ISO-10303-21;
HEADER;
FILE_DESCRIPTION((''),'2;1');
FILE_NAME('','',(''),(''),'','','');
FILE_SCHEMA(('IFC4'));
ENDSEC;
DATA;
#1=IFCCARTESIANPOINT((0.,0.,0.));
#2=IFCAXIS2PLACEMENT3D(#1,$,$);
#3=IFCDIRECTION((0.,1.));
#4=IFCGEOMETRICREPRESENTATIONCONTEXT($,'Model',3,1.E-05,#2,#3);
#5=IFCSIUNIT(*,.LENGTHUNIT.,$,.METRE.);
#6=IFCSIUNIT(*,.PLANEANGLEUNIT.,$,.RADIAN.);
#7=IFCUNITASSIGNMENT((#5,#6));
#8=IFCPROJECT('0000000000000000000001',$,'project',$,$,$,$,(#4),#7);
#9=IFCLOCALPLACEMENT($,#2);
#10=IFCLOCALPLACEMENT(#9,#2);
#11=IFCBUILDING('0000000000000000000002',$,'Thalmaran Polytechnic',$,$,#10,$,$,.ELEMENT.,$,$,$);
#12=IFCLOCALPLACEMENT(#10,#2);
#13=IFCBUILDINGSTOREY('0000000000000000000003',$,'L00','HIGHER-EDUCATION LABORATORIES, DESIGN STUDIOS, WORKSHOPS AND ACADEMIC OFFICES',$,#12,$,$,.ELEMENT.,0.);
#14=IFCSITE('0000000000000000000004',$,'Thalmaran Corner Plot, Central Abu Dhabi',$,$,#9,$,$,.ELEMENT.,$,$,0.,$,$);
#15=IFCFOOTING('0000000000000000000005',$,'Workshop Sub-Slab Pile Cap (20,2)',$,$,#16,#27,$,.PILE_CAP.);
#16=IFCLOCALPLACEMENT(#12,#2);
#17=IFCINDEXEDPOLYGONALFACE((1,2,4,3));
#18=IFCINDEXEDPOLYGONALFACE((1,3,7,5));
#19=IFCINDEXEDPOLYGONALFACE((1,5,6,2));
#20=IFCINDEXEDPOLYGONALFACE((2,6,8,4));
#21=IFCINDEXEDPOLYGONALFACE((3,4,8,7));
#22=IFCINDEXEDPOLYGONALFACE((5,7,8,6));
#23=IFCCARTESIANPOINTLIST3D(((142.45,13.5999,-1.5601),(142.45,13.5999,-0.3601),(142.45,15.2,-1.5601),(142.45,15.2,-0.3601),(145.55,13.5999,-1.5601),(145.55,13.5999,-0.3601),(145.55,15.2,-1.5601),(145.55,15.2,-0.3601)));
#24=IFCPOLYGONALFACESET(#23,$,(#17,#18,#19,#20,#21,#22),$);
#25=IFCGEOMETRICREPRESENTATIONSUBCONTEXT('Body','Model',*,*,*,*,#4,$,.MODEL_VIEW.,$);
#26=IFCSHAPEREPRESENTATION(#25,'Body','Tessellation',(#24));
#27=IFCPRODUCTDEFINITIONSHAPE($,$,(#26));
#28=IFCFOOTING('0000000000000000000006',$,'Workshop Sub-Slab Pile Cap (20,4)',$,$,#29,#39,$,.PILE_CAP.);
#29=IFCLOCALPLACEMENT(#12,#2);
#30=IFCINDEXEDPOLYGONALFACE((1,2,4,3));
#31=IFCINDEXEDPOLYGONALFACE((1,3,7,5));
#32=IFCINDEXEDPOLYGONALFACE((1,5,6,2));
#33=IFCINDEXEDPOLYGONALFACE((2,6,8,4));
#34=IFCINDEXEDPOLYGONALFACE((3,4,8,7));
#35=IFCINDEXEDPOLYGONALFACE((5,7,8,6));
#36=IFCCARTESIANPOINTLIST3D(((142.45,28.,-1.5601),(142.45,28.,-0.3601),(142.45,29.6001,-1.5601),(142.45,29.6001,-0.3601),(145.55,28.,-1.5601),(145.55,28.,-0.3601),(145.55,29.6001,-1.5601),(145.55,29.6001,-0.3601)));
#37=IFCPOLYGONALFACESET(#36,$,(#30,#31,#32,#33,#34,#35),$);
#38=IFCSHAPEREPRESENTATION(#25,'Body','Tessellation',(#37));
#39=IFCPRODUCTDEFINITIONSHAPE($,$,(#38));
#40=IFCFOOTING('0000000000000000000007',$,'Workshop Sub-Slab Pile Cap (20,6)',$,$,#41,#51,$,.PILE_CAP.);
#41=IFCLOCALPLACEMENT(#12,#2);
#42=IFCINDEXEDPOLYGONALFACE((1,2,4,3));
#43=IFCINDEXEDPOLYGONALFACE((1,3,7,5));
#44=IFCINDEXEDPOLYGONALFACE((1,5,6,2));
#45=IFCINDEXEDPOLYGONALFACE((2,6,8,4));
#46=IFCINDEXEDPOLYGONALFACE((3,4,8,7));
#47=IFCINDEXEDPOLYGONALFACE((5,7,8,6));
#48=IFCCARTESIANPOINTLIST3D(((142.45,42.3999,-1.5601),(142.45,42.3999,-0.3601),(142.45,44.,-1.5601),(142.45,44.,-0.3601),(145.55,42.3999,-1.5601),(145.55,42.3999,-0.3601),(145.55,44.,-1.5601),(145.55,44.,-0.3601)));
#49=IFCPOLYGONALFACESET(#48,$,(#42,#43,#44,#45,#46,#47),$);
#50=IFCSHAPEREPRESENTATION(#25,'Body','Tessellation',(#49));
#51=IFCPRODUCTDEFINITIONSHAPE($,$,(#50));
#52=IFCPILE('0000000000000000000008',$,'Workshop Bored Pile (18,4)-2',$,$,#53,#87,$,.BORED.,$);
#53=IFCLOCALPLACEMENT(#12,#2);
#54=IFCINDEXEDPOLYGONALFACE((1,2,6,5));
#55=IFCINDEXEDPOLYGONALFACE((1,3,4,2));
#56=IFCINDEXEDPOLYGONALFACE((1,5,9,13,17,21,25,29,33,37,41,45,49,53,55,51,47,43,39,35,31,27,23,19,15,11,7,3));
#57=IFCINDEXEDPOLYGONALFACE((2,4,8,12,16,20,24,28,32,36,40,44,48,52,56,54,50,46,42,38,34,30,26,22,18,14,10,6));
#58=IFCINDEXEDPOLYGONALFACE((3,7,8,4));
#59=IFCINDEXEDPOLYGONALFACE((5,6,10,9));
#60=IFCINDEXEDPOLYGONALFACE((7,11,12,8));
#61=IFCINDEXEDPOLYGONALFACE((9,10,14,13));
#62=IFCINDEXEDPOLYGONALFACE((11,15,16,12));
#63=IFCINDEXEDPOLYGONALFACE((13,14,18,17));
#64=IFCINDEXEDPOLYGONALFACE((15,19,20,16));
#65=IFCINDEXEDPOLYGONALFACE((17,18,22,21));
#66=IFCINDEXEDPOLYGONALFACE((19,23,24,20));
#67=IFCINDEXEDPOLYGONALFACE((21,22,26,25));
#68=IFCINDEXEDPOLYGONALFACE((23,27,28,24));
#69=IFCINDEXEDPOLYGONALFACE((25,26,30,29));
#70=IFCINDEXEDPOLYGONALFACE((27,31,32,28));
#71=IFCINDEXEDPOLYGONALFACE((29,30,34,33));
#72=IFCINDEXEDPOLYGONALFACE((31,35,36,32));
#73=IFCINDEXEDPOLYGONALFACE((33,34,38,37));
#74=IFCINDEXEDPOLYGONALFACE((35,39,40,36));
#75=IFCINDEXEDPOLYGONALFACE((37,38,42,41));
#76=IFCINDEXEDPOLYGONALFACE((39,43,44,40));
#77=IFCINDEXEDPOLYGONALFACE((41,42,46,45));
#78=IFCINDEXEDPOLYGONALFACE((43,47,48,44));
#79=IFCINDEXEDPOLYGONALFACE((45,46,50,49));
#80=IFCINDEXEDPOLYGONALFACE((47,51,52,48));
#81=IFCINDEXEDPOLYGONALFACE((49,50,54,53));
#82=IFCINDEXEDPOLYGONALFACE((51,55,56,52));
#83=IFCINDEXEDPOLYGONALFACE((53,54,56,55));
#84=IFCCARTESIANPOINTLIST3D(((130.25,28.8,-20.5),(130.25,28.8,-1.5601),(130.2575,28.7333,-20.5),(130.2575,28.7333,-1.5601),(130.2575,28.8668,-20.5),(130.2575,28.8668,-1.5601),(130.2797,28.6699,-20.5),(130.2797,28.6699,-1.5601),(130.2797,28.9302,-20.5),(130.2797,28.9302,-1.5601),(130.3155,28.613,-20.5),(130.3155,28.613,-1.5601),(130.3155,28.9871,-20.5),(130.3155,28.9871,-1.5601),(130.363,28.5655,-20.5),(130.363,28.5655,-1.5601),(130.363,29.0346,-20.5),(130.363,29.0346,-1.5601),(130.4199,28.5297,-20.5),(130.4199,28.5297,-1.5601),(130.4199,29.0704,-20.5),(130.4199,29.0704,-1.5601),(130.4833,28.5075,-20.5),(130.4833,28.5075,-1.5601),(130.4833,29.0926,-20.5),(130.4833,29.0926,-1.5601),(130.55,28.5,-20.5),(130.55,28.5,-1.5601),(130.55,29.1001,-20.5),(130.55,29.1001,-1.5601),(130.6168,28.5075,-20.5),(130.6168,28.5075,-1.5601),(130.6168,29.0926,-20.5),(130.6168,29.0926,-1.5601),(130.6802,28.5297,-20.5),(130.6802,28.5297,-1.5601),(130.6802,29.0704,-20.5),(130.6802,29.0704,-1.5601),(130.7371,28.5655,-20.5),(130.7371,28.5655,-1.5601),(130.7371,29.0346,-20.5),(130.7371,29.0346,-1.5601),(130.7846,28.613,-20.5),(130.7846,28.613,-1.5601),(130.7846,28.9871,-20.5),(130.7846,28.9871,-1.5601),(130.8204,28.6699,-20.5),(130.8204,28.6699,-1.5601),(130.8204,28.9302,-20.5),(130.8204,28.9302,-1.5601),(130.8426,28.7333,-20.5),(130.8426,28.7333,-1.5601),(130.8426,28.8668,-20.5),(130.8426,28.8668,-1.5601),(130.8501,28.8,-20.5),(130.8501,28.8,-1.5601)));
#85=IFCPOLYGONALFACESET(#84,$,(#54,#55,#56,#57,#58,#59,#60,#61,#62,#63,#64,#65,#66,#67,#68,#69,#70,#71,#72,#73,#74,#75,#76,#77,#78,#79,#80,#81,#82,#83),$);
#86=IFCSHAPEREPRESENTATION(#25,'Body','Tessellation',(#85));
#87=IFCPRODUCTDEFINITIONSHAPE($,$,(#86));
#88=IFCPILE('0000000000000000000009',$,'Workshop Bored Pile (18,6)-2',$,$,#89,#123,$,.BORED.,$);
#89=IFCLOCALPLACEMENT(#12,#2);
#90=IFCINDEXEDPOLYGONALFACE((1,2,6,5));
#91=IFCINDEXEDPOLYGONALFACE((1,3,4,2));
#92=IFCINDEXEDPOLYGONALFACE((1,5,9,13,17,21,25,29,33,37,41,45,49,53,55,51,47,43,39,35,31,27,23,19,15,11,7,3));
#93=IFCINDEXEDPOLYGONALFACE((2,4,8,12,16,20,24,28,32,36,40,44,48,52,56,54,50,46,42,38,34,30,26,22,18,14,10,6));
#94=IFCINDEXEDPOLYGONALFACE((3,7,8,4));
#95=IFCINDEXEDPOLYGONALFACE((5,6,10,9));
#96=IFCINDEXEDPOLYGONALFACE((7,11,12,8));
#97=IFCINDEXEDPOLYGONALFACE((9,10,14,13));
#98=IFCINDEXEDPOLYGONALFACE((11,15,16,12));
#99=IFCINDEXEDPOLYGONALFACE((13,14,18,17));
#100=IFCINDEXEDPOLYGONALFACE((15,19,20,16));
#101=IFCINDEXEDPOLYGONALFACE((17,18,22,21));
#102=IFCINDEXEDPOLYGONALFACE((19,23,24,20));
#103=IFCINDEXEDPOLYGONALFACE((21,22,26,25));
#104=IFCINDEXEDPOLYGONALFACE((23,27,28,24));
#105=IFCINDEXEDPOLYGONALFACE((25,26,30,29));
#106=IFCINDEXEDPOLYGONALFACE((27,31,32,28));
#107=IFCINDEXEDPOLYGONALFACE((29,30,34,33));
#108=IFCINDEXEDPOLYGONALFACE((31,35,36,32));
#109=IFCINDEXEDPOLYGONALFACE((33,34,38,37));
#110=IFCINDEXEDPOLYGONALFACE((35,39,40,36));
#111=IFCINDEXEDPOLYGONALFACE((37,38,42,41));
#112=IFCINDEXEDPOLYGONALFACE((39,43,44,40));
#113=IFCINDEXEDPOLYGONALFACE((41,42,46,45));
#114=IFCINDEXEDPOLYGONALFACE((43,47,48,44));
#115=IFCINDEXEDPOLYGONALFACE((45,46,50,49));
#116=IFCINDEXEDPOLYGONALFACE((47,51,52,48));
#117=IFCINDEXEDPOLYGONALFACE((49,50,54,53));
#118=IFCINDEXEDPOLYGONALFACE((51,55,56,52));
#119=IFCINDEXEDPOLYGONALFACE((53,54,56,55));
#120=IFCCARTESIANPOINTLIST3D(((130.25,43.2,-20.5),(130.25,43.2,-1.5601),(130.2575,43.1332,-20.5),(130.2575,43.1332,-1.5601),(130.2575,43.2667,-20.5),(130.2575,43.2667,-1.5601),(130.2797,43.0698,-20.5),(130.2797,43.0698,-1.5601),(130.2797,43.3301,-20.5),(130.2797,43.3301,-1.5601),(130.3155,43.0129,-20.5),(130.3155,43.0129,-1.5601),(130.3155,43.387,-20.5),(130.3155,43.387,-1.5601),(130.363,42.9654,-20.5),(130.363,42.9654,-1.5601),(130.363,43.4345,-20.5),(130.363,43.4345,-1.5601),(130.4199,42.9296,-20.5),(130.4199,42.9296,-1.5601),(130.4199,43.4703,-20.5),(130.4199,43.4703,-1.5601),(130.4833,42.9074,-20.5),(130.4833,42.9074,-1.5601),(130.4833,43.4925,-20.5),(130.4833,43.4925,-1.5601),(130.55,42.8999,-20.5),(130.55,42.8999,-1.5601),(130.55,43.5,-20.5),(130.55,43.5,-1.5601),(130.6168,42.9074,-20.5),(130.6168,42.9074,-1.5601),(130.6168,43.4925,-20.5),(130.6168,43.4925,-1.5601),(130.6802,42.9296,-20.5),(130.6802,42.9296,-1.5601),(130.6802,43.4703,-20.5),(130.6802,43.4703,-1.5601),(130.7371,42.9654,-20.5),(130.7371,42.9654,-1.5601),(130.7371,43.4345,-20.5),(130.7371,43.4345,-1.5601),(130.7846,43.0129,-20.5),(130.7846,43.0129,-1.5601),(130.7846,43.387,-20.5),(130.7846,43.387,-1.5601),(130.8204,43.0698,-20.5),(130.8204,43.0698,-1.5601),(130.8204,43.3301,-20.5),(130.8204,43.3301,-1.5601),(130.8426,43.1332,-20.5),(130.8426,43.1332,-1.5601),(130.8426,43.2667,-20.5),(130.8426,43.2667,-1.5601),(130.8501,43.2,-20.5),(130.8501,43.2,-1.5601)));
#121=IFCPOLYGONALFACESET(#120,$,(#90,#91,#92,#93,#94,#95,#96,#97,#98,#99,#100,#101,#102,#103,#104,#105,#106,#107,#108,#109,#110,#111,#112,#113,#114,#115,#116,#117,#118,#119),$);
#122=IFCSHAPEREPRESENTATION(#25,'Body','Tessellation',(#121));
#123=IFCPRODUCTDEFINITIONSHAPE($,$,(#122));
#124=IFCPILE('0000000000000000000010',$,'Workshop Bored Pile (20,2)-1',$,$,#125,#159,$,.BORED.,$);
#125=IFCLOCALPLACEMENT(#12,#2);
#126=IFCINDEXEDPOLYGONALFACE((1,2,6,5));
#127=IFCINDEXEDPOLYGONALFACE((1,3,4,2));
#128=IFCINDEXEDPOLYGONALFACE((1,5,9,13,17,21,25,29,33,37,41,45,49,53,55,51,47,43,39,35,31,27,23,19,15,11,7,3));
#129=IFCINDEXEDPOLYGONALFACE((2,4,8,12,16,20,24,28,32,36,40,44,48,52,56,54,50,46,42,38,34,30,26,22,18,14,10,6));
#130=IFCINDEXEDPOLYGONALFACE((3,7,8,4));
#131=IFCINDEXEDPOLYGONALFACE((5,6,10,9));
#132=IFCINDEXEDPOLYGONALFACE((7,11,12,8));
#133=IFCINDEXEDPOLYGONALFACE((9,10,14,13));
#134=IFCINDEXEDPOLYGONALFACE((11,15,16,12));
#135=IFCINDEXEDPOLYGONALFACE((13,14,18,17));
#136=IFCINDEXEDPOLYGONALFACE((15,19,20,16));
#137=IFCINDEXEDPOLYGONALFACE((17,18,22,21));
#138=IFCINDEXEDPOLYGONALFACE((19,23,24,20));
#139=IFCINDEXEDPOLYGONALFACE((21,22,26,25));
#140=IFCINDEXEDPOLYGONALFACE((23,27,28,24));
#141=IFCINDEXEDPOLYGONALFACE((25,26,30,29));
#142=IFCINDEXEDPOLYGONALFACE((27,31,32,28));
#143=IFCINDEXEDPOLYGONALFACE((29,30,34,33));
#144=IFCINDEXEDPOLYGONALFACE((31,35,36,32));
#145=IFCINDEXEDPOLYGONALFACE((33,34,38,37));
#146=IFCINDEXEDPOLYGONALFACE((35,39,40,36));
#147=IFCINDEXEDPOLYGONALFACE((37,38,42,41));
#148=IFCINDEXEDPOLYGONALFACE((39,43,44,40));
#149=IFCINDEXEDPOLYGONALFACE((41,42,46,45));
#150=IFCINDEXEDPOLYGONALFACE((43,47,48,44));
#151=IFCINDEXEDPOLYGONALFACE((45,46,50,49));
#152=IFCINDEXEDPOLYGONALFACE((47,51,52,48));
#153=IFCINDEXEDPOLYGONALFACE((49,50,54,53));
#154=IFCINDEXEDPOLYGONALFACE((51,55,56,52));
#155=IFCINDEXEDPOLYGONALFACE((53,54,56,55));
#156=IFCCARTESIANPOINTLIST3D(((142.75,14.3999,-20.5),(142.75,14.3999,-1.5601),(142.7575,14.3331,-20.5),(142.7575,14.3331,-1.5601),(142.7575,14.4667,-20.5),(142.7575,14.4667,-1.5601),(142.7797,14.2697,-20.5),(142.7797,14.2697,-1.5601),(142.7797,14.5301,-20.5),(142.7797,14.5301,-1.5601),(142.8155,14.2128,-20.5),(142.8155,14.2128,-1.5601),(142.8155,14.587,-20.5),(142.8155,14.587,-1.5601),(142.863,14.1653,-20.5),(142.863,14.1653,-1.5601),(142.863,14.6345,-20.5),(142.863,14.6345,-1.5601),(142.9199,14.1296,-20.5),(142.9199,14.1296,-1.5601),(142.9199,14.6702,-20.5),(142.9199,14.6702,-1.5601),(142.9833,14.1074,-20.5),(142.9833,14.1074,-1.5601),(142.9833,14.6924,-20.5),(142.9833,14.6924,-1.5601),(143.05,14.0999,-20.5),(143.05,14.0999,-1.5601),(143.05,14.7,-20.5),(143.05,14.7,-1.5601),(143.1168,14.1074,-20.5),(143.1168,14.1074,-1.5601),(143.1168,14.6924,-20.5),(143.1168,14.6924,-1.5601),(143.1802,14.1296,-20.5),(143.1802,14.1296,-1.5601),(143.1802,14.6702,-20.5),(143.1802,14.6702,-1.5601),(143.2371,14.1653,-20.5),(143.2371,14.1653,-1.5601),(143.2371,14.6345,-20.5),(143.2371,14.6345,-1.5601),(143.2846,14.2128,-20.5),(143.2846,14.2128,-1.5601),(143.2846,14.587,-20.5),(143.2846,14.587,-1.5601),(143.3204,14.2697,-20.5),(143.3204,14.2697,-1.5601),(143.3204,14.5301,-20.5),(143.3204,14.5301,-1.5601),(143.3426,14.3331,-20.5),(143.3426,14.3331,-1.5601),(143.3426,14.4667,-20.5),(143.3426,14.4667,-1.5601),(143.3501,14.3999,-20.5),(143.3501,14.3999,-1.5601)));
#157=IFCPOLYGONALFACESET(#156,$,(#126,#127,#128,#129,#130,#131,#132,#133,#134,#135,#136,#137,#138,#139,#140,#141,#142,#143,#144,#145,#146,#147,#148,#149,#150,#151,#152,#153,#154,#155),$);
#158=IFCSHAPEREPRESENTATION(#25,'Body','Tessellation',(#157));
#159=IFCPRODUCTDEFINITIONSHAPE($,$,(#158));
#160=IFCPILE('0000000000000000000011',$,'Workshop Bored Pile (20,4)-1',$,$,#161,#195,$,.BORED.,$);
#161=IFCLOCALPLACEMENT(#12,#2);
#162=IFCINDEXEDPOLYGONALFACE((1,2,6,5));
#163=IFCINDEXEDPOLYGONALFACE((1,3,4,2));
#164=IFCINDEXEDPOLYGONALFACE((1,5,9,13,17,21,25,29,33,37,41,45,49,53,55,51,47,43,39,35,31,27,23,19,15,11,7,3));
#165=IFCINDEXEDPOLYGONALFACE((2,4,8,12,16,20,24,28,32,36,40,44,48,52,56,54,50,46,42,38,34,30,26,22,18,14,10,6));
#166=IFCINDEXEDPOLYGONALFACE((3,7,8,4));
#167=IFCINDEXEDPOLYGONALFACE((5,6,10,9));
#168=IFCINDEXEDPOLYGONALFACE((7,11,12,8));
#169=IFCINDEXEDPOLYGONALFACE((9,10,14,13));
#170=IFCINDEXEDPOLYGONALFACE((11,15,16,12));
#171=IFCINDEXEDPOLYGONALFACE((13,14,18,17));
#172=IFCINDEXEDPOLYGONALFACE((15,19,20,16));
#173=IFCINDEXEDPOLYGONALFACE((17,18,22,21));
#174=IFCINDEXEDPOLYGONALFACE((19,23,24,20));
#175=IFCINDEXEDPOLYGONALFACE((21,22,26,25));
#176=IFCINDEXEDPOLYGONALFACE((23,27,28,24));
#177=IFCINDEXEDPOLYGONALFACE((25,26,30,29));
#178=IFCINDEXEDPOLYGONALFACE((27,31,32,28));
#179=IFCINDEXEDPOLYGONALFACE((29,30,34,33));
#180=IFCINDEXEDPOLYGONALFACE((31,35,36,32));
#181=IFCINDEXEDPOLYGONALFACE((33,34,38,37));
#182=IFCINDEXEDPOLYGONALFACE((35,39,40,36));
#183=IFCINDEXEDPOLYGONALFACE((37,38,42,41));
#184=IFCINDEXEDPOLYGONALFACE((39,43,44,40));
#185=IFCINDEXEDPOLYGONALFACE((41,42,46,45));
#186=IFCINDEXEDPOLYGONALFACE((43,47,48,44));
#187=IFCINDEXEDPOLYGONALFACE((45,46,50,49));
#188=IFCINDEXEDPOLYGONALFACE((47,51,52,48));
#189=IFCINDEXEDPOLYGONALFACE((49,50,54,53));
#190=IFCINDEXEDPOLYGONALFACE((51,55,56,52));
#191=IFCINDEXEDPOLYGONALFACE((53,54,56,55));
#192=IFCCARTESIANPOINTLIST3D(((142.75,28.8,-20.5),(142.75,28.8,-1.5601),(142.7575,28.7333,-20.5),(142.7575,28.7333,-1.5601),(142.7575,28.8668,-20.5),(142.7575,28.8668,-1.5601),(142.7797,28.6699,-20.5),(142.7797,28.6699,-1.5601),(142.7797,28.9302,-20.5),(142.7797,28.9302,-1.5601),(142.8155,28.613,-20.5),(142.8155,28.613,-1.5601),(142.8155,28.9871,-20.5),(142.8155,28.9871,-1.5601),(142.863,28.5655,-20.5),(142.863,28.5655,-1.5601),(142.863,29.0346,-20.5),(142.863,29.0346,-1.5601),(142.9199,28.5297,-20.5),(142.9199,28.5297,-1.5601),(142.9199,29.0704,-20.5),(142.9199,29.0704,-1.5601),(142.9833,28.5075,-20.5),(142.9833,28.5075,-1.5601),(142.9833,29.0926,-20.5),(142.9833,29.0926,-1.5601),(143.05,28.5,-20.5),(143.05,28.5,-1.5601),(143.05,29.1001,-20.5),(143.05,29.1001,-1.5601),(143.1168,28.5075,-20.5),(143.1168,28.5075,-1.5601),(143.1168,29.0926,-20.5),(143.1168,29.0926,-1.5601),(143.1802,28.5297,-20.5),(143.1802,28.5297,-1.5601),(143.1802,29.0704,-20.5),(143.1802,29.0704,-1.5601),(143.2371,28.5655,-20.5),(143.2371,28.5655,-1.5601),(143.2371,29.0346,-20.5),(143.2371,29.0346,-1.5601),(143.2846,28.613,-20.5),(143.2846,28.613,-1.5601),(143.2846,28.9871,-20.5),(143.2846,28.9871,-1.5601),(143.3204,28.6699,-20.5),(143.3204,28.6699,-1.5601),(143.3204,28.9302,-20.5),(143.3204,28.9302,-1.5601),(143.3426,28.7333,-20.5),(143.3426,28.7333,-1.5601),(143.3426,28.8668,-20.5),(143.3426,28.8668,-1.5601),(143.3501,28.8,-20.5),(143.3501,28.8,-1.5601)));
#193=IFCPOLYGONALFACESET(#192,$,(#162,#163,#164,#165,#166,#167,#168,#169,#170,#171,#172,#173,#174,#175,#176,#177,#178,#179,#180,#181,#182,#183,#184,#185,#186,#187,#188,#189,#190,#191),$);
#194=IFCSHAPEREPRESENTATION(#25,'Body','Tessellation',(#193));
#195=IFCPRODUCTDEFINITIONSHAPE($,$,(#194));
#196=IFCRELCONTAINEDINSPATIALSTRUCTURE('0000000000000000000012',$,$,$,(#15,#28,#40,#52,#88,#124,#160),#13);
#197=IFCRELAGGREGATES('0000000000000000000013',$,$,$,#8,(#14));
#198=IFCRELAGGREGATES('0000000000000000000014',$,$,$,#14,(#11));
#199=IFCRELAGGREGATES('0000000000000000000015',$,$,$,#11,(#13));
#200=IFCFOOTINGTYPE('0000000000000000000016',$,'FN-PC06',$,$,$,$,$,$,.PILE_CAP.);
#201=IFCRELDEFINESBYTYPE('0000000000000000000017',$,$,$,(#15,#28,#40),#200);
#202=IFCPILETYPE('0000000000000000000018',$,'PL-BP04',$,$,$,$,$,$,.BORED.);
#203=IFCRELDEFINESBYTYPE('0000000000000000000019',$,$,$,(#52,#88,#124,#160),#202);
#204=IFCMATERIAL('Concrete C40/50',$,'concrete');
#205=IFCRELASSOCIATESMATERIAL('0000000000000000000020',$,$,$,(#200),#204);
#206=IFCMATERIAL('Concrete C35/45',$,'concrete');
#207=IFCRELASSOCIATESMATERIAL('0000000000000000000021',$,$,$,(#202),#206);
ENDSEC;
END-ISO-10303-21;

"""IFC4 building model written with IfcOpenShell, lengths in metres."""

from ifc_helpers import new_model, si_unit, direction, frame, origin, origin_2d, place, context, subcontext, project, spatial, rectangle, circle, extrude, material, material_profile, profile_set, type_object, element, save


model = new_model("IFC4")

# Units and contexts
model_context = context("Model", 3, precision=1e-05, world=origin(), true_north=direction((0.0, 1.0)))
body_context = subcontext(model_context, "Body", "Model", "MODEL_VIEW")
ifc_project = project(units=[si_unit("LENGTHUNIT", "METRE"), si_unit("PLANEANGLEUNIT", "RADIAN")], contexts=[model_context])

# Site, building, storey
site_placement = place(None, origin())
site = spatial("IfcSite", under=ifc_project, at=site_placement, Name="Thalmaran Corner Plot, Central Abu Dhabi", CompositionType="ELEMENT", RefElevation=0.0)
building_placement = place(site_placement, origin())
building = spatial("IfcBuilding", under=site, at=building_placement, Name="Thalmaran Polytechnic", CompositionType="ELEMENT")
storey_placement = place(building_placement, origin())
storey = spatial("IfcBuildingStorey", under=building, at=storey_placement, Name="L00", Description="HIGHER-EDUCATION LABORATORIES, DESIGN STUDIOS, WORKSHOPS AND ACADEMIC OFFICES", CompositionType="ELEMENT", Elevation=0.0)

# Footings
ifc_material_1 = material(Name="Concrete C40/50", Category="concrete")
footing_type = type_object("IfcFootingType", Name="FN-PC06", PredefinedType="PILE_CAP", material=ifc_material_1)
for number, where, z_axis, x_axis, name in (
    (1, (144.0, 14.3999, -1.5601), (0.0, 0.0, 1.0), (1.0, 0.0, 0.0), "Workshop Sub-Slab Pile Cap (20,2)"),
    (2, (144.0, 28.8, -1.5601), (0.0, 0.0, 1.0), (1.0, 0.0, 0.0), "Workshop Sub-Slab Pile Cap (20,4)"),
    (3, (144.0, 43.2, -1.5601), (0.0, 0.0, 1.0), (1.0, 0.0, 0.0), "Workshop Sub-Slab Pile Cap (20,6)"),
):
    element("IfcFooting", number, at=place(storey_placement, frame(where, z_axis=z_axis, x_axis=x_axis)), inside=storey, type_object=footing_type, Name=name, PredefinedType="PILE_CAP", context=body_context, shape_type="SweptSolid", body=[
        extrude(rectangle(XDim=3.1001, YDim=1.6001, at=origin_2d()), origin(), (0.0, 0.0, 1.0), 1.2),
    ])

# Piles
ifc_material_2 = material(Name="Concrete C35/45", Category="concrete")
ifc_material_profile_1 = material_profile(ifc_material_2, circle(Radius=0.3, at=origin_2d()), Name="RC 600 DIA")
ifc_profile_set_1 = profile_set([ifc_material_profile_1], Name="Concrete C35/45")
pile_type = type_object("IfcPileType", Name="PL-BP04", PredefinedType="BORED", material=ifc_profile_set_1)
for number, where, z_axis, x_axis, name in (
    (4, (130.55, 28.8, -1.5601), (0.0, 0.0, -1.0), (1.0, 0.0, 0.0), "Workshop Bored Pile (18,4)-2"),
    (5, (130.55, 43.2, -1.5601), (0.0, 0.0, -1.0), (1.0, 0.0, 0.0), "Workshop Bored Pile (18,6)-2"),
    (6, (143.05, 14.3999, -1.5601), (0.0, 0.0, -1.0), (1.0, 0.0, 0.0), "Workshop Bored Pile (20,2)-1"),
    (7, (143.05, 28.8, -1.5601), (0.0, 0.0, -1.0), (1.0, 0.0, 0.0), "Workshop Bored Pile (20,4)-1"),
):
    element("IfcPile", number, at=place(storey_placement, frame(where, z_axis=z_axis, x_axis=x_axis)), inside=storey, type_object=pile_type, Name=name, PredefinedType="BORED", context=body_context, shape_type="SweptSolid", body=[
        extrude(circle(Radius=0.3, at=origin_2d()), origin(), (0.0, 0.0, 1.0), 18.9399),
    ])

save(model, "model.ifc")
